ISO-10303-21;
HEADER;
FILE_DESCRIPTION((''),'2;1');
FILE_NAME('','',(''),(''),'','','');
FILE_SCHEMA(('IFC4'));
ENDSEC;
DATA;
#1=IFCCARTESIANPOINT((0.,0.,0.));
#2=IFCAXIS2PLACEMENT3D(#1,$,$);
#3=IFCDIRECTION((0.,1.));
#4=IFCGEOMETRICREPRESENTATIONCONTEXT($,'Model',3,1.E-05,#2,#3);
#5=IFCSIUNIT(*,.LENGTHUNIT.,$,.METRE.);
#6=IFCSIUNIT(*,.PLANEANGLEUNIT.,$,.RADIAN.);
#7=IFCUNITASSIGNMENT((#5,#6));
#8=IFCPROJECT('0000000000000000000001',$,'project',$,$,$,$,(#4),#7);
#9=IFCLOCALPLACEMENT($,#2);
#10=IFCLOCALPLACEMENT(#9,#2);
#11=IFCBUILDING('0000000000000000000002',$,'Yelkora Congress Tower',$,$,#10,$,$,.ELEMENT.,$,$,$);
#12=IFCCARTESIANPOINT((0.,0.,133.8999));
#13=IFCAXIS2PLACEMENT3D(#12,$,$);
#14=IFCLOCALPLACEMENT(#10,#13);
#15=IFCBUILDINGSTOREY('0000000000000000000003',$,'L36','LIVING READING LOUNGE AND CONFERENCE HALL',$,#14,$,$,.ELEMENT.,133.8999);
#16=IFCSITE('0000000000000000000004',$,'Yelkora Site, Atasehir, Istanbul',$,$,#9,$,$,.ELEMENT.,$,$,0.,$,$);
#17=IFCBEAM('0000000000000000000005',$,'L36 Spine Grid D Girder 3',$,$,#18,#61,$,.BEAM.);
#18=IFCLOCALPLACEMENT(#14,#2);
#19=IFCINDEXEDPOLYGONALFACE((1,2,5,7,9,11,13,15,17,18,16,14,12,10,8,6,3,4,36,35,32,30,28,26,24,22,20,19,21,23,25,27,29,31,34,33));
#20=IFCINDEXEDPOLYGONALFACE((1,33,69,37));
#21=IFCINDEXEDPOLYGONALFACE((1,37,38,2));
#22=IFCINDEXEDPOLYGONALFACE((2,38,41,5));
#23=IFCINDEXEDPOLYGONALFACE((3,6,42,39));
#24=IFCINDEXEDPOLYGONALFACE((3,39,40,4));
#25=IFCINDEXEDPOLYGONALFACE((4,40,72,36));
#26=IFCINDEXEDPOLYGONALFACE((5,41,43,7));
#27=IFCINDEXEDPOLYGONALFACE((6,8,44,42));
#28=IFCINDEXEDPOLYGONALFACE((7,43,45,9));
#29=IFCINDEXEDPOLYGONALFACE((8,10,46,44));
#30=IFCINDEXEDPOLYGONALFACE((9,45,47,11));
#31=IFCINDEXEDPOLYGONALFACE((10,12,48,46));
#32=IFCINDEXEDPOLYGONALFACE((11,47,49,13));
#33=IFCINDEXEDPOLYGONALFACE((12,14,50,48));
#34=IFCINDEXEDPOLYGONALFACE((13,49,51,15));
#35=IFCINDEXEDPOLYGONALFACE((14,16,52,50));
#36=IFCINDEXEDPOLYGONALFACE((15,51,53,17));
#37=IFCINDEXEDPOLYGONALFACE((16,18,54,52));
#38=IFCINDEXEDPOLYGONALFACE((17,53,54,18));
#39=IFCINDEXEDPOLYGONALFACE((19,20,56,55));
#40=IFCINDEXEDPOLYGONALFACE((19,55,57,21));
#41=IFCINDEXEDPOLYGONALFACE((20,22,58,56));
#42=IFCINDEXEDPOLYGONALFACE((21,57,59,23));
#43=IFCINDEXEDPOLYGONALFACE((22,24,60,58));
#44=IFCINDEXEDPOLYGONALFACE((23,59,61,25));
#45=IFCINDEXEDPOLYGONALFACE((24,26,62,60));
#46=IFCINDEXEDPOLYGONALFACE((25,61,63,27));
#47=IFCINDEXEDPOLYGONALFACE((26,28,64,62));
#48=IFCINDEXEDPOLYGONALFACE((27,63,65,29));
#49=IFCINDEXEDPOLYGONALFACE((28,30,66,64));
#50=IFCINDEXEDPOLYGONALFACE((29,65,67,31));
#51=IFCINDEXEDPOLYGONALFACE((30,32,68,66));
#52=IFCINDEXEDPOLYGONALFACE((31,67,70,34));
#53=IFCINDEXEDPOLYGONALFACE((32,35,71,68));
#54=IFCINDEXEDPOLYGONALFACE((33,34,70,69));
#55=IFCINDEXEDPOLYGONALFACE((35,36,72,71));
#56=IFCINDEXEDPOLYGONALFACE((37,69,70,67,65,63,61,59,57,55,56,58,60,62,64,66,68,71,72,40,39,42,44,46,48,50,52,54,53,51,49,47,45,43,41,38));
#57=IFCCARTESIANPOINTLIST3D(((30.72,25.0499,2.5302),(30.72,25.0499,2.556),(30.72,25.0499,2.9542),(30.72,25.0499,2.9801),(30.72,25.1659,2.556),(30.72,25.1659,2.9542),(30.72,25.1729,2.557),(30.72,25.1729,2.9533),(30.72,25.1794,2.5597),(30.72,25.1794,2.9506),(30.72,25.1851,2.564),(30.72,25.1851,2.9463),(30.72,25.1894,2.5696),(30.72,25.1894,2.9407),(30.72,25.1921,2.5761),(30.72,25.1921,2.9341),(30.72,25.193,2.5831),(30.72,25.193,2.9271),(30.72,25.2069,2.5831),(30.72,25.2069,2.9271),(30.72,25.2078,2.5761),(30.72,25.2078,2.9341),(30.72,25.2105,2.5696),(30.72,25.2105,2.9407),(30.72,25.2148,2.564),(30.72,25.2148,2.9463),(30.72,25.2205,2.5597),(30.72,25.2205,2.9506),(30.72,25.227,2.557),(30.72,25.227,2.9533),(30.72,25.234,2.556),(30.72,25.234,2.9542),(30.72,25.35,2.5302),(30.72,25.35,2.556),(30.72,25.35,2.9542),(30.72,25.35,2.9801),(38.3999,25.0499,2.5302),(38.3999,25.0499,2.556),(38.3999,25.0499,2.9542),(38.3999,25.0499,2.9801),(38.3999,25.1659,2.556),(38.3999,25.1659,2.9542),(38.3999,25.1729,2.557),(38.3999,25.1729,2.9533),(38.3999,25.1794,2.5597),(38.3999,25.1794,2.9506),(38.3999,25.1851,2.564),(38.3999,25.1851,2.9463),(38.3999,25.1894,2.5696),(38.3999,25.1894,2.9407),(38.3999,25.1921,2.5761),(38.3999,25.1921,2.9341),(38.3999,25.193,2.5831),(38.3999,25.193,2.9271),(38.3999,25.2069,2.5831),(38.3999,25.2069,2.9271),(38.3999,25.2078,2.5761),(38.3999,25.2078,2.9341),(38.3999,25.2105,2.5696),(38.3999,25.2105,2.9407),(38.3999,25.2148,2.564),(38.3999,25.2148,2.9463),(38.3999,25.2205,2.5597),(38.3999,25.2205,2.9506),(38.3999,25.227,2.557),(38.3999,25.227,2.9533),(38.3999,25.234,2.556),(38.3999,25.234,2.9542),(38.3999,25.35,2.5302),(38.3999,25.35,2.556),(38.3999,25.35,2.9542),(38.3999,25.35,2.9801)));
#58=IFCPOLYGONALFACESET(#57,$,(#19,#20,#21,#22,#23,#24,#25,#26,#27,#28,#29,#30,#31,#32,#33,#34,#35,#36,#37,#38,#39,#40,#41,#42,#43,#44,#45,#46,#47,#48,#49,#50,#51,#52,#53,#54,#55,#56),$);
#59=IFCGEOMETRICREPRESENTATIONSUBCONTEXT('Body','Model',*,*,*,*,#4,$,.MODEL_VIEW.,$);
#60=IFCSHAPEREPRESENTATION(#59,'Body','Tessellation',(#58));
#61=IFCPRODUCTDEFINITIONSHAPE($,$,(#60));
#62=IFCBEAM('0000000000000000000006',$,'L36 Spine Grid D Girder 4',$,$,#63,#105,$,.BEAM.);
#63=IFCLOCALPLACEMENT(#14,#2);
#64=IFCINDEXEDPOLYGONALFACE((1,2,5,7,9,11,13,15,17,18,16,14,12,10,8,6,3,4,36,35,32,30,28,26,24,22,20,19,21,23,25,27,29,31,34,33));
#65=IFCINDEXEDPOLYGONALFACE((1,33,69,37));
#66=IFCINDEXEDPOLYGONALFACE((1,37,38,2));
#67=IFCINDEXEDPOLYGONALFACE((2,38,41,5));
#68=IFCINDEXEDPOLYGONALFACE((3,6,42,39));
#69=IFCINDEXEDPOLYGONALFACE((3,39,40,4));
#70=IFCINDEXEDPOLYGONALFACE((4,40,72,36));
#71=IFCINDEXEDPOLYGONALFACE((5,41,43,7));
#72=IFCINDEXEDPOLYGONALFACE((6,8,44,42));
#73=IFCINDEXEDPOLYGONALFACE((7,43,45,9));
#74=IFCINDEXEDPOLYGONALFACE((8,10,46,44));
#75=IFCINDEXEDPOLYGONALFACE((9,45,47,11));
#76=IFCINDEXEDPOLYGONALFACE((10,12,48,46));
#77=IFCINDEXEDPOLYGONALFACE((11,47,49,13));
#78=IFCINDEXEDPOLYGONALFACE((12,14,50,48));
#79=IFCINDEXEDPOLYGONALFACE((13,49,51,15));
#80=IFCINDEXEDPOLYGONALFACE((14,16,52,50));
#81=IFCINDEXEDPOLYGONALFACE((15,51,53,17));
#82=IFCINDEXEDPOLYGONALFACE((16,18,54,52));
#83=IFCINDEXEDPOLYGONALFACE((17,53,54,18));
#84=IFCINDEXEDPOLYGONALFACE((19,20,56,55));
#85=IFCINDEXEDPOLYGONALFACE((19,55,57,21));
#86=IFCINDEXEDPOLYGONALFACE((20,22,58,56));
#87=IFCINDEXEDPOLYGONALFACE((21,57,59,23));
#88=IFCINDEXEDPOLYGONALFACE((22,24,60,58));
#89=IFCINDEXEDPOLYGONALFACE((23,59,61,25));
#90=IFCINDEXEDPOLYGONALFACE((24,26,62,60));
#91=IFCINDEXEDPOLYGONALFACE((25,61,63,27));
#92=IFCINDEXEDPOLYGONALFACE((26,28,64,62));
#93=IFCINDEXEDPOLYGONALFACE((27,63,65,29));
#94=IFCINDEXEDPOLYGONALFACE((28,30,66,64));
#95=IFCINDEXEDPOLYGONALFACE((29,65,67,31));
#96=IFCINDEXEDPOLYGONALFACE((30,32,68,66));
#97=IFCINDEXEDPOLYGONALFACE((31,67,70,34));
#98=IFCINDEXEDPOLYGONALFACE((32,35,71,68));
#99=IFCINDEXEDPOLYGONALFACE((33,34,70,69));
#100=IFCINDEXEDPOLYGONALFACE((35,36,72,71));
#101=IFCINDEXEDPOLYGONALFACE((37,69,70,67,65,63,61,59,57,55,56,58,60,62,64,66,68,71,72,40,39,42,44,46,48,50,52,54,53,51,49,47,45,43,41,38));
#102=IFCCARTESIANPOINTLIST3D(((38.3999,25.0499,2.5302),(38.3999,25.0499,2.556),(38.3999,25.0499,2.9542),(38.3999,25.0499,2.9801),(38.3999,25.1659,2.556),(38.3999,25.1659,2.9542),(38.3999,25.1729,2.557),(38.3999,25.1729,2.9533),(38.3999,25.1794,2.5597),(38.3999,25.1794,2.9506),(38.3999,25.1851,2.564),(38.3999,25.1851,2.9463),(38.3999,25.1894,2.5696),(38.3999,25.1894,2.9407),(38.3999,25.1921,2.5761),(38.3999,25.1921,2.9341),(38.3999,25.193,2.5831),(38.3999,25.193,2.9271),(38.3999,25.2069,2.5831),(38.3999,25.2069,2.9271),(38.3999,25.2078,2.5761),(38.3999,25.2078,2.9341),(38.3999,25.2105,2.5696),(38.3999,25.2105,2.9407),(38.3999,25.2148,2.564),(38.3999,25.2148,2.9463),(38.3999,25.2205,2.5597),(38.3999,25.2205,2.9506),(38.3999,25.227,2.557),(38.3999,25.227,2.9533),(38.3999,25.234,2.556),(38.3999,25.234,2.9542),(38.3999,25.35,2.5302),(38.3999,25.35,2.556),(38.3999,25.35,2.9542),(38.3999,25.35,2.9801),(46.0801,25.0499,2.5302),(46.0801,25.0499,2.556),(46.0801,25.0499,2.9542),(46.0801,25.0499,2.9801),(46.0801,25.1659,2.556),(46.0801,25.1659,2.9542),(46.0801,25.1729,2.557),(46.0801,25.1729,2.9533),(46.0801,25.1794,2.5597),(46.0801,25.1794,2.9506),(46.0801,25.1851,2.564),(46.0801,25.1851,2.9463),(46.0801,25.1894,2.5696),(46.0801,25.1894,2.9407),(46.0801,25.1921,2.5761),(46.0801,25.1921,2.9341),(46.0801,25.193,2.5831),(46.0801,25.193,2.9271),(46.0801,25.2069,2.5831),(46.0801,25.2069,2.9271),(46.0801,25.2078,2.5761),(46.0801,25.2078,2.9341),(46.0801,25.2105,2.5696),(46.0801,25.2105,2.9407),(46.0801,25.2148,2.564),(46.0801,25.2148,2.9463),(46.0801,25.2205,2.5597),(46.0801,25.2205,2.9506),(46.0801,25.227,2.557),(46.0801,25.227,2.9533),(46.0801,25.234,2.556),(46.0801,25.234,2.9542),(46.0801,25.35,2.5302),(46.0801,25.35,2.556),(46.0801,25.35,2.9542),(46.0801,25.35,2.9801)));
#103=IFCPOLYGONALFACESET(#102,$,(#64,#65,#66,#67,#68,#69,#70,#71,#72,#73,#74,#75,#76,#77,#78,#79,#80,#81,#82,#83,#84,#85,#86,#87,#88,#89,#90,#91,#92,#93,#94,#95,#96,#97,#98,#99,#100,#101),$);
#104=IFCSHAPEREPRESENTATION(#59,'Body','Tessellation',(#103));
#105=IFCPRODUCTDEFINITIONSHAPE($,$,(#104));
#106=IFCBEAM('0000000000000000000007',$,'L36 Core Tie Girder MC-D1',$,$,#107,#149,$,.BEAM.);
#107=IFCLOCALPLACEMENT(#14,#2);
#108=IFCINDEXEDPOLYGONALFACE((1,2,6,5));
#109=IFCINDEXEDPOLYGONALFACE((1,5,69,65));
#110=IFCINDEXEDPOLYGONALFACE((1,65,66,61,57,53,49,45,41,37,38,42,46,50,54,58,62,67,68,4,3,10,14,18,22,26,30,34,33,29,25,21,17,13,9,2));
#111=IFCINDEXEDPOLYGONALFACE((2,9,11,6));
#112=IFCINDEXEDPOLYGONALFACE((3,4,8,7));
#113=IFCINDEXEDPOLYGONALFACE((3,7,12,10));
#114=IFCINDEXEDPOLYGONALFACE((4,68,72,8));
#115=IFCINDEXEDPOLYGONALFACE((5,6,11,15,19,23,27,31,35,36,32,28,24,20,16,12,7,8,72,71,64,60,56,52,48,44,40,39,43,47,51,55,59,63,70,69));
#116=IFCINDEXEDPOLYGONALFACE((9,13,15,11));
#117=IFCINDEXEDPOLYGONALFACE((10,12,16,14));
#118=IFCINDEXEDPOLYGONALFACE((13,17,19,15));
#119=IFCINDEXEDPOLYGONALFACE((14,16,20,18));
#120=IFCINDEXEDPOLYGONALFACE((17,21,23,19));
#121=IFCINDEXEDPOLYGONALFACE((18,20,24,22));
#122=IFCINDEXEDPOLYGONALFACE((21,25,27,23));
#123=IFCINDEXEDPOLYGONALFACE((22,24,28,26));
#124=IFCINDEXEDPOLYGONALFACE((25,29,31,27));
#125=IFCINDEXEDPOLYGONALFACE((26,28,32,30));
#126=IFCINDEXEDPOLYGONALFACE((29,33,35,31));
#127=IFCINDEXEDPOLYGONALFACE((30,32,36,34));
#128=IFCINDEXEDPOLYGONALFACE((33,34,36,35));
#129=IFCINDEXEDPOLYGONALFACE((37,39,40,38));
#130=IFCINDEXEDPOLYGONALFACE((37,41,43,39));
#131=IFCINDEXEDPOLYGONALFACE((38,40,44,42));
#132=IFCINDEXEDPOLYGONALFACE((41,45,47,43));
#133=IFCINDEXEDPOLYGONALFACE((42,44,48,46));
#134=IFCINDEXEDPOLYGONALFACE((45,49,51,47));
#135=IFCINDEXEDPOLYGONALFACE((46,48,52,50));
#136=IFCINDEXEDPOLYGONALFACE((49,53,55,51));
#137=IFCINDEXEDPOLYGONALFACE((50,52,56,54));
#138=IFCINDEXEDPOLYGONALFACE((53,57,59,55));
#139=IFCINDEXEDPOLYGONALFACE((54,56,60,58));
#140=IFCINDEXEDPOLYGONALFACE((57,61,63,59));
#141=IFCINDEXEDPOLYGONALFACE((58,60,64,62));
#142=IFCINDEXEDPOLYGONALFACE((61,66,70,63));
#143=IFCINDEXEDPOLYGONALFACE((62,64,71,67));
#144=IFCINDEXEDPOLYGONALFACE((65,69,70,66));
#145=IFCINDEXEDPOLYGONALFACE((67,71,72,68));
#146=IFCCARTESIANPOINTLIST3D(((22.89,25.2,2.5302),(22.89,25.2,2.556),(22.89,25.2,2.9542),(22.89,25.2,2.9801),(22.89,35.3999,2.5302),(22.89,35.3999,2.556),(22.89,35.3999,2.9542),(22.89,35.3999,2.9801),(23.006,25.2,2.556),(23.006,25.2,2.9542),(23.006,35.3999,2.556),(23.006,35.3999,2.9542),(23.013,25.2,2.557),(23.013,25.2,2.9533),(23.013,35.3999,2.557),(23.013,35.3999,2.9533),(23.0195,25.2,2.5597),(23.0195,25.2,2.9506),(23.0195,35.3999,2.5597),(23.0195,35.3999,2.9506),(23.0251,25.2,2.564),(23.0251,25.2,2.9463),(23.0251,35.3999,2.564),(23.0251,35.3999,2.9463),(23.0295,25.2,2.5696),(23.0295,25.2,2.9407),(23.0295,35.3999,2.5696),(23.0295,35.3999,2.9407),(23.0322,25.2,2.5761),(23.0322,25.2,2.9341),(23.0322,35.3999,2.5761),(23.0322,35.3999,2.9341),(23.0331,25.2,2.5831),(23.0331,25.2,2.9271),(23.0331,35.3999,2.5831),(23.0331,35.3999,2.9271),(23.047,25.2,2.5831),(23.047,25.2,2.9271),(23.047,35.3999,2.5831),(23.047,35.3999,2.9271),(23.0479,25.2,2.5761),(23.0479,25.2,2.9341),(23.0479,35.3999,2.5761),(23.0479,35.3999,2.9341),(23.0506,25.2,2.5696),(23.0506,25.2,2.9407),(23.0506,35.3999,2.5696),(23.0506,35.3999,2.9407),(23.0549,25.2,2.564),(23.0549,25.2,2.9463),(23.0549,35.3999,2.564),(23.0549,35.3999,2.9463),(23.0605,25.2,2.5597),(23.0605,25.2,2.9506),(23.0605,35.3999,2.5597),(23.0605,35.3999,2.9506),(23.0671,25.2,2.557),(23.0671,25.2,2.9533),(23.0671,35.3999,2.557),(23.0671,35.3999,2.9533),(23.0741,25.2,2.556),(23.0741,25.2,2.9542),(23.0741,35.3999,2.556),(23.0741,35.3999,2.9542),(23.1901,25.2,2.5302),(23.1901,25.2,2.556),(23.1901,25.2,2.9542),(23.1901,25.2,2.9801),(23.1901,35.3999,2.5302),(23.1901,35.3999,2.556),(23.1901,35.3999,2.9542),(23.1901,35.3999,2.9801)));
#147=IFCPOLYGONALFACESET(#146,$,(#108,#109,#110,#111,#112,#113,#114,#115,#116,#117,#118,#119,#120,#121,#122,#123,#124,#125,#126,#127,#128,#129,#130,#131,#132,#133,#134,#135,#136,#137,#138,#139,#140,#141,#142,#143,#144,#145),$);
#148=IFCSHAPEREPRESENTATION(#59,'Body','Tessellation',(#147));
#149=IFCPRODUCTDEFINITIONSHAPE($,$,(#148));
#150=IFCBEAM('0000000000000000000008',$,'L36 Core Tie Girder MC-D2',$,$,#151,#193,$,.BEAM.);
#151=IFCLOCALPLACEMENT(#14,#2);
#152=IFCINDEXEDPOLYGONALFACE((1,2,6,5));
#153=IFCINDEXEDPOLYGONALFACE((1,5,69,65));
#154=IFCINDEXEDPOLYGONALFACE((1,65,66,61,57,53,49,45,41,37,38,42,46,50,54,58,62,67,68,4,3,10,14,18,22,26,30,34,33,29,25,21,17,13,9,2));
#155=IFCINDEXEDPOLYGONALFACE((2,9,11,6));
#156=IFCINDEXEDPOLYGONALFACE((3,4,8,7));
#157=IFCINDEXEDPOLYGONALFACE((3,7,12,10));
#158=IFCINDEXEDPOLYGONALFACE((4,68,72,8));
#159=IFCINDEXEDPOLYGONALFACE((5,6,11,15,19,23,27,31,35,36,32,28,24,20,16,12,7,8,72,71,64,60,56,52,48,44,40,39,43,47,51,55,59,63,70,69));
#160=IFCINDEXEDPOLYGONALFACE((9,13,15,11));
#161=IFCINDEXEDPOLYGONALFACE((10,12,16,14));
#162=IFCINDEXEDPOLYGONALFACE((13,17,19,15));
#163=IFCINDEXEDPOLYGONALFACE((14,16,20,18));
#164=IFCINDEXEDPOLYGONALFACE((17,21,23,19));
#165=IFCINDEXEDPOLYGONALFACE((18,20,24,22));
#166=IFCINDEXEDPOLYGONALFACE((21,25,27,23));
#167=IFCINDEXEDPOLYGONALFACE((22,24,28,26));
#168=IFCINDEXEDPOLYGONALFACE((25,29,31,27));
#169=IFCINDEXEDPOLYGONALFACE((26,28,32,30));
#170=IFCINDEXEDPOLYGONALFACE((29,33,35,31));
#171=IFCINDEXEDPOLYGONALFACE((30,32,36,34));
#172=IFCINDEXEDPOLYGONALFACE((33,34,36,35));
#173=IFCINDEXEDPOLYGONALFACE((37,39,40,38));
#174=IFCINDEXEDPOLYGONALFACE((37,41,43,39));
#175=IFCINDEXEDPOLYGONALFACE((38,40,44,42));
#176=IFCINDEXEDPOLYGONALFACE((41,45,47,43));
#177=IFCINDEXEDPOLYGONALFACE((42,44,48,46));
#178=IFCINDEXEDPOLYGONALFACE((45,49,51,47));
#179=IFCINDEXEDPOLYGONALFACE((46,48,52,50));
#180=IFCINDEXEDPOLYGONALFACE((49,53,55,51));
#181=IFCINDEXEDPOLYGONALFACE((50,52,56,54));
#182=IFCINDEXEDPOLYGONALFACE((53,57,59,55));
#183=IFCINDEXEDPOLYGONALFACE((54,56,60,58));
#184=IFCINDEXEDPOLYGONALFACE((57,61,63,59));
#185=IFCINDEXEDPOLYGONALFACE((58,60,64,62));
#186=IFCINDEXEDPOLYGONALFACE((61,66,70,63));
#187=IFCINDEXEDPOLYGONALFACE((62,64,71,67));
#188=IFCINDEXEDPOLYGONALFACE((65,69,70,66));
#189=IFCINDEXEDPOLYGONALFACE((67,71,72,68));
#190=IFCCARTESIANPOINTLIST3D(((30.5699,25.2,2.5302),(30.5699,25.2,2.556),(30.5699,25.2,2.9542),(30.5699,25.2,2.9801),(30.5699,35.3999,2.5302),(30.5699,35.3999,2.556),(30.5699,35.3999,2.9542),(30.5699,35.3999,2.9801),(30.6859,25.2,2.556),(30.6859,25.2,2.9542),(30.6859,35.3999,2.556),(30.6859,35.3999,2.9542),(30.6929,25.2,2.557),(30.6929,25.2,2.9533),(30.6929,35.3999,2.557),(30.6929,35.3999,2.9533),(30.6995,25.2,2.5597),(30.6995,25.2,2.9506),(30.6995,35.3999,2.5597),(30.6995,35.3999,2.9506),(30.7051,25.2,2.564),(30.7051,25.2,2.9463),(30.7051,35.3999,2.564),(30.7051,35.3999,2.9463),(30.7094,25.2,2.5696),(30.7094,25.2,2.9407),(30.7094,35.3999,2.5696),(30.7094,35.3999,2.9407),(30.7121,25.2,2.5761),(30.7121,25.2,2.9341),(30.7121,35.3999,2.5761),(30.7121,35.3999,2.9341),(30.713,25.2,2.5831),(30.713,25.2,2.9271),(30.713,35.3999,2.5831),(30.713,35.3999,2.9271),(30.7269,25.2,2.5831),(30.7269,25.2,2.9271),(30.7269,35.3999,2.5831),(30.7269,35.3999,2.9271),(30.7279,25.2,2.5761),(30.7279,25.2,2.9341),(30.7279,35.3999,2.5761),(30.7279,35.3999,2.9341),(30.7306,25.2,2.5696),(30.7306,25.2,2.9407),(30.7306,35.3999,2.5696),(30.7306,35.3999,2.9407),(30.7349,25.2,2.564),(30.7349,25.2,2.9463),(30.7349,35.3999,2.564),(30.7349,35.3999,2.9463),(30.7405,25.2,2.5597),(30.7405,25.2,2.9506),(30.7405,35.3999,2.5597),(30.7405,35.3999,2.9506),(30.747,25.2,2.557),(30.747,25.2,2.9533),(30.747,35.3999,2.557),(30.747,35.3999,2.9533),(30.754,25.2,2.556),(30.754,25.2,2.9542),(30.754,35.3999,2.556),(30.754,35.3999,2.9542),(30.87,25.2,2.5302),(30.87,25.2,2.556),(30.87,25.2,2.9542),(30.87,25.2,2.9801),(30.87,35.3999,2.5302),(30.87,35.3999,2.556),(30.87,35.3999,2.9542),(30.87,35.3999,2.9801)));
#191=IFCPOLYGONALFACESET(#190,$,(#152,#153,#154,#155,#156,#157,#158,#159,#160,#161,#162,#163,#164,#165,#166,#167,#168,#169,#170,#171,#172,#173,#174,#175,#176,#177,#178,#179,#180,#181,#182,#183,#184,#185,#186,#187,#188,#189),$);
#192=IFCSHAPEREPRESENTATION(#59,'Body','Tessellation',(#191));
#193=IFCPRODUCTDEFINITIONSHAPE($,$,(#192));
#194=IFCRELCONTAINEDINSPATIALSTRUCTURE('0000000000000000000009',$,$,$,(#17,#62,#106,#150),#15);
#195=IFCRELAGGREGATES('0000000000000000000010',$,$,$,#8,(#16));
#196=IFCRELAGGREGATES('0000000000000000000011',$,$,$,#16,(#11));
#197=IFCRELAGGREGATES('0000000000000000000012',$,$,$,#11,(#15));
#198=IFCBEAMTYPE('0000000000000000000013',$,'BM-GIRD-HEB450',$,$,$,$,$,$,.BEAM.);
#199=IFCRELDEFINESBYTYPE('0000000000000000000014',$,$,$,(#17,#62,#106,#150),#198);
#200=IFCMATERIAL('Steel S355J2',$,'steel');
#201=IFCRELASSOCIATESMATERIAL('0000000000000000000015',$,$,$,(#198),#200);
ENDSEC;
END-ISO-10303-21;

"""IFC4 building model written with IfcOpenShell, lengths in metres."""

from ifc_helpers import new_model, si_unit, direction, frame, origin, origin_2d, place, context, subcontext, project, spatial, i_section, extrude, material, material_profile, profile_set, type_object, element, save


model = new_model("IFC4")

# Units and contexts
model_context = context("Model", 3, precision=1e-05, world=origin(), true_north=direction((0.0, 1.0)))
body_context = subcontext(model_context, "Body", "Model", "MODEL_VIEW")
ifc_project = project(units=[si_unit("LENGTHUNIT", "METRE"), si_unit("PLANEANGLEUNIT", "RADIAN")], contexts=[model_context])

# Site, building, storey
site_placement = place(None, origin())
site = spatial("IfcSite", under=ifc_project, at=site_placement, Name="Yelkora Site, Atasehir, Istanbul", CompositionType="ELEMENT", RefElevation=0.0)
building_placement = place(site_placement, origin())
building = spatial("IfcBuilding", under=site, at=building_placement, Name="Yelkora Congress Tower", CompositionType="ELEMENT")
storey_placement = place(building_placement, frame((0.0, 0.0, 133.8999)))
storey = spatial("IfcBuildingStorey", under=building, at=storey_placement, Name="L36", Description="LIVING READING LOUNGE AND CONFERENCE HALL", CompositionType="ELEMENT", Elevation=133.8999)

# Beams
ifc_material_1 = material(Name="Steel S355J2", Category="steel")
ifc_material_profile_1 = material_profile(ifc_material_1, i_section(OverallWidth=0.3, OverallDepth=0.45, WebThickness=0.0139, FlangeThickness=0.0259, FilletRadius=0.0271, at=origin_2d()), Name="HEB 450")
ifc_profile_set_1 = profile_set([ifc_material_profile_1], Name="Steel S355J2")
beam_type_1 = type_object("IfcBeamType", Name="BM-GIRD-HEB450", PredefinedType="BEAM", material=ifc_profile_set_1)
for number, where, z_axis, x_axis, name in (
    (1, (30.72, 25.2, 2.7551), (1.0, 0.0, 0.0), (0.0, 1.0, 0.0), "L36 Spine Grid D Girder 3"),
):
    element("IfcBeam", number, at=place(storey_placement, frame(where, z_axis=z_axis, x_axis=x_axis)), inside=storey, type_object=beam_type_1, Name=name, PredefinedType="BEAM", context=body_context, shape_type="SweptSolid", body=[
        extrude(i_section(OverallWidth=0.3, OverallDepth=0.45, WebThickness=0.0139, FlangeThickness=0.0259, FilletRadius=0.0271, at=origin_2d()), origin(), (0.0, 0.0, 1.0), 7.6799),
    ])
beam_1_placement = place(storey_placement, frame((38.3999, 25.2, 2.7551), z_axis=(1.0, 0.0, 0.0), x_axis=(0.0, 1.0, 0.0)))
element("IfcBeam", 2, at=beam_1_placement, inside=storey, type_object=beam_type_1, Name="L36 Spine Grid D Girder 4", PredefinedType="BEAM", context=body_context, shape_type="SweptSolid", body=[
    extrude(i_section(OverallWidth=0.3, OverallDepth=0.45, WebThickness=0.0139, FlangeThickness=0.0259, FilletRadius=0.0271, at=origin_2d()), origin(), (0.0, 0.0, 1.0), 7.6802),
])
for number, where, z_axis, x_axis, name in (
    (3, (23.04, 25.2, 2.7551), (0.0, 1.0, 0.0), (-1.0, 0.0, 0.0), "L36 Core Tie Girder MC-D1"),
    (4, (30.72, 25.2, 2.7551), (0.0, 1.0, 0.0), (-1.0, 0.0, 0.0), "L36 Core Tie Girder MC-D2"),
):
    element("IfcBeam", number, at=place(storey_placement, frame(where, z_axis=z_axis, x_axis=x_axis)), inside=storey, type_object=beam_type_1, Name=name, PredefinedType="BEAM", context=body_context, shape_type="SweptSolid", body=[
        extrude(i_section(OverallWidth=0.3, OverallDepth=0.45, WebThickness=0.0139, FlangeThickness=0.0259, FilletRadius=0.0271, at=origin_2d()), origin(), (0.0, 0.0, 1.0), 10.2),
    ])

save(model, "model.ifc")
